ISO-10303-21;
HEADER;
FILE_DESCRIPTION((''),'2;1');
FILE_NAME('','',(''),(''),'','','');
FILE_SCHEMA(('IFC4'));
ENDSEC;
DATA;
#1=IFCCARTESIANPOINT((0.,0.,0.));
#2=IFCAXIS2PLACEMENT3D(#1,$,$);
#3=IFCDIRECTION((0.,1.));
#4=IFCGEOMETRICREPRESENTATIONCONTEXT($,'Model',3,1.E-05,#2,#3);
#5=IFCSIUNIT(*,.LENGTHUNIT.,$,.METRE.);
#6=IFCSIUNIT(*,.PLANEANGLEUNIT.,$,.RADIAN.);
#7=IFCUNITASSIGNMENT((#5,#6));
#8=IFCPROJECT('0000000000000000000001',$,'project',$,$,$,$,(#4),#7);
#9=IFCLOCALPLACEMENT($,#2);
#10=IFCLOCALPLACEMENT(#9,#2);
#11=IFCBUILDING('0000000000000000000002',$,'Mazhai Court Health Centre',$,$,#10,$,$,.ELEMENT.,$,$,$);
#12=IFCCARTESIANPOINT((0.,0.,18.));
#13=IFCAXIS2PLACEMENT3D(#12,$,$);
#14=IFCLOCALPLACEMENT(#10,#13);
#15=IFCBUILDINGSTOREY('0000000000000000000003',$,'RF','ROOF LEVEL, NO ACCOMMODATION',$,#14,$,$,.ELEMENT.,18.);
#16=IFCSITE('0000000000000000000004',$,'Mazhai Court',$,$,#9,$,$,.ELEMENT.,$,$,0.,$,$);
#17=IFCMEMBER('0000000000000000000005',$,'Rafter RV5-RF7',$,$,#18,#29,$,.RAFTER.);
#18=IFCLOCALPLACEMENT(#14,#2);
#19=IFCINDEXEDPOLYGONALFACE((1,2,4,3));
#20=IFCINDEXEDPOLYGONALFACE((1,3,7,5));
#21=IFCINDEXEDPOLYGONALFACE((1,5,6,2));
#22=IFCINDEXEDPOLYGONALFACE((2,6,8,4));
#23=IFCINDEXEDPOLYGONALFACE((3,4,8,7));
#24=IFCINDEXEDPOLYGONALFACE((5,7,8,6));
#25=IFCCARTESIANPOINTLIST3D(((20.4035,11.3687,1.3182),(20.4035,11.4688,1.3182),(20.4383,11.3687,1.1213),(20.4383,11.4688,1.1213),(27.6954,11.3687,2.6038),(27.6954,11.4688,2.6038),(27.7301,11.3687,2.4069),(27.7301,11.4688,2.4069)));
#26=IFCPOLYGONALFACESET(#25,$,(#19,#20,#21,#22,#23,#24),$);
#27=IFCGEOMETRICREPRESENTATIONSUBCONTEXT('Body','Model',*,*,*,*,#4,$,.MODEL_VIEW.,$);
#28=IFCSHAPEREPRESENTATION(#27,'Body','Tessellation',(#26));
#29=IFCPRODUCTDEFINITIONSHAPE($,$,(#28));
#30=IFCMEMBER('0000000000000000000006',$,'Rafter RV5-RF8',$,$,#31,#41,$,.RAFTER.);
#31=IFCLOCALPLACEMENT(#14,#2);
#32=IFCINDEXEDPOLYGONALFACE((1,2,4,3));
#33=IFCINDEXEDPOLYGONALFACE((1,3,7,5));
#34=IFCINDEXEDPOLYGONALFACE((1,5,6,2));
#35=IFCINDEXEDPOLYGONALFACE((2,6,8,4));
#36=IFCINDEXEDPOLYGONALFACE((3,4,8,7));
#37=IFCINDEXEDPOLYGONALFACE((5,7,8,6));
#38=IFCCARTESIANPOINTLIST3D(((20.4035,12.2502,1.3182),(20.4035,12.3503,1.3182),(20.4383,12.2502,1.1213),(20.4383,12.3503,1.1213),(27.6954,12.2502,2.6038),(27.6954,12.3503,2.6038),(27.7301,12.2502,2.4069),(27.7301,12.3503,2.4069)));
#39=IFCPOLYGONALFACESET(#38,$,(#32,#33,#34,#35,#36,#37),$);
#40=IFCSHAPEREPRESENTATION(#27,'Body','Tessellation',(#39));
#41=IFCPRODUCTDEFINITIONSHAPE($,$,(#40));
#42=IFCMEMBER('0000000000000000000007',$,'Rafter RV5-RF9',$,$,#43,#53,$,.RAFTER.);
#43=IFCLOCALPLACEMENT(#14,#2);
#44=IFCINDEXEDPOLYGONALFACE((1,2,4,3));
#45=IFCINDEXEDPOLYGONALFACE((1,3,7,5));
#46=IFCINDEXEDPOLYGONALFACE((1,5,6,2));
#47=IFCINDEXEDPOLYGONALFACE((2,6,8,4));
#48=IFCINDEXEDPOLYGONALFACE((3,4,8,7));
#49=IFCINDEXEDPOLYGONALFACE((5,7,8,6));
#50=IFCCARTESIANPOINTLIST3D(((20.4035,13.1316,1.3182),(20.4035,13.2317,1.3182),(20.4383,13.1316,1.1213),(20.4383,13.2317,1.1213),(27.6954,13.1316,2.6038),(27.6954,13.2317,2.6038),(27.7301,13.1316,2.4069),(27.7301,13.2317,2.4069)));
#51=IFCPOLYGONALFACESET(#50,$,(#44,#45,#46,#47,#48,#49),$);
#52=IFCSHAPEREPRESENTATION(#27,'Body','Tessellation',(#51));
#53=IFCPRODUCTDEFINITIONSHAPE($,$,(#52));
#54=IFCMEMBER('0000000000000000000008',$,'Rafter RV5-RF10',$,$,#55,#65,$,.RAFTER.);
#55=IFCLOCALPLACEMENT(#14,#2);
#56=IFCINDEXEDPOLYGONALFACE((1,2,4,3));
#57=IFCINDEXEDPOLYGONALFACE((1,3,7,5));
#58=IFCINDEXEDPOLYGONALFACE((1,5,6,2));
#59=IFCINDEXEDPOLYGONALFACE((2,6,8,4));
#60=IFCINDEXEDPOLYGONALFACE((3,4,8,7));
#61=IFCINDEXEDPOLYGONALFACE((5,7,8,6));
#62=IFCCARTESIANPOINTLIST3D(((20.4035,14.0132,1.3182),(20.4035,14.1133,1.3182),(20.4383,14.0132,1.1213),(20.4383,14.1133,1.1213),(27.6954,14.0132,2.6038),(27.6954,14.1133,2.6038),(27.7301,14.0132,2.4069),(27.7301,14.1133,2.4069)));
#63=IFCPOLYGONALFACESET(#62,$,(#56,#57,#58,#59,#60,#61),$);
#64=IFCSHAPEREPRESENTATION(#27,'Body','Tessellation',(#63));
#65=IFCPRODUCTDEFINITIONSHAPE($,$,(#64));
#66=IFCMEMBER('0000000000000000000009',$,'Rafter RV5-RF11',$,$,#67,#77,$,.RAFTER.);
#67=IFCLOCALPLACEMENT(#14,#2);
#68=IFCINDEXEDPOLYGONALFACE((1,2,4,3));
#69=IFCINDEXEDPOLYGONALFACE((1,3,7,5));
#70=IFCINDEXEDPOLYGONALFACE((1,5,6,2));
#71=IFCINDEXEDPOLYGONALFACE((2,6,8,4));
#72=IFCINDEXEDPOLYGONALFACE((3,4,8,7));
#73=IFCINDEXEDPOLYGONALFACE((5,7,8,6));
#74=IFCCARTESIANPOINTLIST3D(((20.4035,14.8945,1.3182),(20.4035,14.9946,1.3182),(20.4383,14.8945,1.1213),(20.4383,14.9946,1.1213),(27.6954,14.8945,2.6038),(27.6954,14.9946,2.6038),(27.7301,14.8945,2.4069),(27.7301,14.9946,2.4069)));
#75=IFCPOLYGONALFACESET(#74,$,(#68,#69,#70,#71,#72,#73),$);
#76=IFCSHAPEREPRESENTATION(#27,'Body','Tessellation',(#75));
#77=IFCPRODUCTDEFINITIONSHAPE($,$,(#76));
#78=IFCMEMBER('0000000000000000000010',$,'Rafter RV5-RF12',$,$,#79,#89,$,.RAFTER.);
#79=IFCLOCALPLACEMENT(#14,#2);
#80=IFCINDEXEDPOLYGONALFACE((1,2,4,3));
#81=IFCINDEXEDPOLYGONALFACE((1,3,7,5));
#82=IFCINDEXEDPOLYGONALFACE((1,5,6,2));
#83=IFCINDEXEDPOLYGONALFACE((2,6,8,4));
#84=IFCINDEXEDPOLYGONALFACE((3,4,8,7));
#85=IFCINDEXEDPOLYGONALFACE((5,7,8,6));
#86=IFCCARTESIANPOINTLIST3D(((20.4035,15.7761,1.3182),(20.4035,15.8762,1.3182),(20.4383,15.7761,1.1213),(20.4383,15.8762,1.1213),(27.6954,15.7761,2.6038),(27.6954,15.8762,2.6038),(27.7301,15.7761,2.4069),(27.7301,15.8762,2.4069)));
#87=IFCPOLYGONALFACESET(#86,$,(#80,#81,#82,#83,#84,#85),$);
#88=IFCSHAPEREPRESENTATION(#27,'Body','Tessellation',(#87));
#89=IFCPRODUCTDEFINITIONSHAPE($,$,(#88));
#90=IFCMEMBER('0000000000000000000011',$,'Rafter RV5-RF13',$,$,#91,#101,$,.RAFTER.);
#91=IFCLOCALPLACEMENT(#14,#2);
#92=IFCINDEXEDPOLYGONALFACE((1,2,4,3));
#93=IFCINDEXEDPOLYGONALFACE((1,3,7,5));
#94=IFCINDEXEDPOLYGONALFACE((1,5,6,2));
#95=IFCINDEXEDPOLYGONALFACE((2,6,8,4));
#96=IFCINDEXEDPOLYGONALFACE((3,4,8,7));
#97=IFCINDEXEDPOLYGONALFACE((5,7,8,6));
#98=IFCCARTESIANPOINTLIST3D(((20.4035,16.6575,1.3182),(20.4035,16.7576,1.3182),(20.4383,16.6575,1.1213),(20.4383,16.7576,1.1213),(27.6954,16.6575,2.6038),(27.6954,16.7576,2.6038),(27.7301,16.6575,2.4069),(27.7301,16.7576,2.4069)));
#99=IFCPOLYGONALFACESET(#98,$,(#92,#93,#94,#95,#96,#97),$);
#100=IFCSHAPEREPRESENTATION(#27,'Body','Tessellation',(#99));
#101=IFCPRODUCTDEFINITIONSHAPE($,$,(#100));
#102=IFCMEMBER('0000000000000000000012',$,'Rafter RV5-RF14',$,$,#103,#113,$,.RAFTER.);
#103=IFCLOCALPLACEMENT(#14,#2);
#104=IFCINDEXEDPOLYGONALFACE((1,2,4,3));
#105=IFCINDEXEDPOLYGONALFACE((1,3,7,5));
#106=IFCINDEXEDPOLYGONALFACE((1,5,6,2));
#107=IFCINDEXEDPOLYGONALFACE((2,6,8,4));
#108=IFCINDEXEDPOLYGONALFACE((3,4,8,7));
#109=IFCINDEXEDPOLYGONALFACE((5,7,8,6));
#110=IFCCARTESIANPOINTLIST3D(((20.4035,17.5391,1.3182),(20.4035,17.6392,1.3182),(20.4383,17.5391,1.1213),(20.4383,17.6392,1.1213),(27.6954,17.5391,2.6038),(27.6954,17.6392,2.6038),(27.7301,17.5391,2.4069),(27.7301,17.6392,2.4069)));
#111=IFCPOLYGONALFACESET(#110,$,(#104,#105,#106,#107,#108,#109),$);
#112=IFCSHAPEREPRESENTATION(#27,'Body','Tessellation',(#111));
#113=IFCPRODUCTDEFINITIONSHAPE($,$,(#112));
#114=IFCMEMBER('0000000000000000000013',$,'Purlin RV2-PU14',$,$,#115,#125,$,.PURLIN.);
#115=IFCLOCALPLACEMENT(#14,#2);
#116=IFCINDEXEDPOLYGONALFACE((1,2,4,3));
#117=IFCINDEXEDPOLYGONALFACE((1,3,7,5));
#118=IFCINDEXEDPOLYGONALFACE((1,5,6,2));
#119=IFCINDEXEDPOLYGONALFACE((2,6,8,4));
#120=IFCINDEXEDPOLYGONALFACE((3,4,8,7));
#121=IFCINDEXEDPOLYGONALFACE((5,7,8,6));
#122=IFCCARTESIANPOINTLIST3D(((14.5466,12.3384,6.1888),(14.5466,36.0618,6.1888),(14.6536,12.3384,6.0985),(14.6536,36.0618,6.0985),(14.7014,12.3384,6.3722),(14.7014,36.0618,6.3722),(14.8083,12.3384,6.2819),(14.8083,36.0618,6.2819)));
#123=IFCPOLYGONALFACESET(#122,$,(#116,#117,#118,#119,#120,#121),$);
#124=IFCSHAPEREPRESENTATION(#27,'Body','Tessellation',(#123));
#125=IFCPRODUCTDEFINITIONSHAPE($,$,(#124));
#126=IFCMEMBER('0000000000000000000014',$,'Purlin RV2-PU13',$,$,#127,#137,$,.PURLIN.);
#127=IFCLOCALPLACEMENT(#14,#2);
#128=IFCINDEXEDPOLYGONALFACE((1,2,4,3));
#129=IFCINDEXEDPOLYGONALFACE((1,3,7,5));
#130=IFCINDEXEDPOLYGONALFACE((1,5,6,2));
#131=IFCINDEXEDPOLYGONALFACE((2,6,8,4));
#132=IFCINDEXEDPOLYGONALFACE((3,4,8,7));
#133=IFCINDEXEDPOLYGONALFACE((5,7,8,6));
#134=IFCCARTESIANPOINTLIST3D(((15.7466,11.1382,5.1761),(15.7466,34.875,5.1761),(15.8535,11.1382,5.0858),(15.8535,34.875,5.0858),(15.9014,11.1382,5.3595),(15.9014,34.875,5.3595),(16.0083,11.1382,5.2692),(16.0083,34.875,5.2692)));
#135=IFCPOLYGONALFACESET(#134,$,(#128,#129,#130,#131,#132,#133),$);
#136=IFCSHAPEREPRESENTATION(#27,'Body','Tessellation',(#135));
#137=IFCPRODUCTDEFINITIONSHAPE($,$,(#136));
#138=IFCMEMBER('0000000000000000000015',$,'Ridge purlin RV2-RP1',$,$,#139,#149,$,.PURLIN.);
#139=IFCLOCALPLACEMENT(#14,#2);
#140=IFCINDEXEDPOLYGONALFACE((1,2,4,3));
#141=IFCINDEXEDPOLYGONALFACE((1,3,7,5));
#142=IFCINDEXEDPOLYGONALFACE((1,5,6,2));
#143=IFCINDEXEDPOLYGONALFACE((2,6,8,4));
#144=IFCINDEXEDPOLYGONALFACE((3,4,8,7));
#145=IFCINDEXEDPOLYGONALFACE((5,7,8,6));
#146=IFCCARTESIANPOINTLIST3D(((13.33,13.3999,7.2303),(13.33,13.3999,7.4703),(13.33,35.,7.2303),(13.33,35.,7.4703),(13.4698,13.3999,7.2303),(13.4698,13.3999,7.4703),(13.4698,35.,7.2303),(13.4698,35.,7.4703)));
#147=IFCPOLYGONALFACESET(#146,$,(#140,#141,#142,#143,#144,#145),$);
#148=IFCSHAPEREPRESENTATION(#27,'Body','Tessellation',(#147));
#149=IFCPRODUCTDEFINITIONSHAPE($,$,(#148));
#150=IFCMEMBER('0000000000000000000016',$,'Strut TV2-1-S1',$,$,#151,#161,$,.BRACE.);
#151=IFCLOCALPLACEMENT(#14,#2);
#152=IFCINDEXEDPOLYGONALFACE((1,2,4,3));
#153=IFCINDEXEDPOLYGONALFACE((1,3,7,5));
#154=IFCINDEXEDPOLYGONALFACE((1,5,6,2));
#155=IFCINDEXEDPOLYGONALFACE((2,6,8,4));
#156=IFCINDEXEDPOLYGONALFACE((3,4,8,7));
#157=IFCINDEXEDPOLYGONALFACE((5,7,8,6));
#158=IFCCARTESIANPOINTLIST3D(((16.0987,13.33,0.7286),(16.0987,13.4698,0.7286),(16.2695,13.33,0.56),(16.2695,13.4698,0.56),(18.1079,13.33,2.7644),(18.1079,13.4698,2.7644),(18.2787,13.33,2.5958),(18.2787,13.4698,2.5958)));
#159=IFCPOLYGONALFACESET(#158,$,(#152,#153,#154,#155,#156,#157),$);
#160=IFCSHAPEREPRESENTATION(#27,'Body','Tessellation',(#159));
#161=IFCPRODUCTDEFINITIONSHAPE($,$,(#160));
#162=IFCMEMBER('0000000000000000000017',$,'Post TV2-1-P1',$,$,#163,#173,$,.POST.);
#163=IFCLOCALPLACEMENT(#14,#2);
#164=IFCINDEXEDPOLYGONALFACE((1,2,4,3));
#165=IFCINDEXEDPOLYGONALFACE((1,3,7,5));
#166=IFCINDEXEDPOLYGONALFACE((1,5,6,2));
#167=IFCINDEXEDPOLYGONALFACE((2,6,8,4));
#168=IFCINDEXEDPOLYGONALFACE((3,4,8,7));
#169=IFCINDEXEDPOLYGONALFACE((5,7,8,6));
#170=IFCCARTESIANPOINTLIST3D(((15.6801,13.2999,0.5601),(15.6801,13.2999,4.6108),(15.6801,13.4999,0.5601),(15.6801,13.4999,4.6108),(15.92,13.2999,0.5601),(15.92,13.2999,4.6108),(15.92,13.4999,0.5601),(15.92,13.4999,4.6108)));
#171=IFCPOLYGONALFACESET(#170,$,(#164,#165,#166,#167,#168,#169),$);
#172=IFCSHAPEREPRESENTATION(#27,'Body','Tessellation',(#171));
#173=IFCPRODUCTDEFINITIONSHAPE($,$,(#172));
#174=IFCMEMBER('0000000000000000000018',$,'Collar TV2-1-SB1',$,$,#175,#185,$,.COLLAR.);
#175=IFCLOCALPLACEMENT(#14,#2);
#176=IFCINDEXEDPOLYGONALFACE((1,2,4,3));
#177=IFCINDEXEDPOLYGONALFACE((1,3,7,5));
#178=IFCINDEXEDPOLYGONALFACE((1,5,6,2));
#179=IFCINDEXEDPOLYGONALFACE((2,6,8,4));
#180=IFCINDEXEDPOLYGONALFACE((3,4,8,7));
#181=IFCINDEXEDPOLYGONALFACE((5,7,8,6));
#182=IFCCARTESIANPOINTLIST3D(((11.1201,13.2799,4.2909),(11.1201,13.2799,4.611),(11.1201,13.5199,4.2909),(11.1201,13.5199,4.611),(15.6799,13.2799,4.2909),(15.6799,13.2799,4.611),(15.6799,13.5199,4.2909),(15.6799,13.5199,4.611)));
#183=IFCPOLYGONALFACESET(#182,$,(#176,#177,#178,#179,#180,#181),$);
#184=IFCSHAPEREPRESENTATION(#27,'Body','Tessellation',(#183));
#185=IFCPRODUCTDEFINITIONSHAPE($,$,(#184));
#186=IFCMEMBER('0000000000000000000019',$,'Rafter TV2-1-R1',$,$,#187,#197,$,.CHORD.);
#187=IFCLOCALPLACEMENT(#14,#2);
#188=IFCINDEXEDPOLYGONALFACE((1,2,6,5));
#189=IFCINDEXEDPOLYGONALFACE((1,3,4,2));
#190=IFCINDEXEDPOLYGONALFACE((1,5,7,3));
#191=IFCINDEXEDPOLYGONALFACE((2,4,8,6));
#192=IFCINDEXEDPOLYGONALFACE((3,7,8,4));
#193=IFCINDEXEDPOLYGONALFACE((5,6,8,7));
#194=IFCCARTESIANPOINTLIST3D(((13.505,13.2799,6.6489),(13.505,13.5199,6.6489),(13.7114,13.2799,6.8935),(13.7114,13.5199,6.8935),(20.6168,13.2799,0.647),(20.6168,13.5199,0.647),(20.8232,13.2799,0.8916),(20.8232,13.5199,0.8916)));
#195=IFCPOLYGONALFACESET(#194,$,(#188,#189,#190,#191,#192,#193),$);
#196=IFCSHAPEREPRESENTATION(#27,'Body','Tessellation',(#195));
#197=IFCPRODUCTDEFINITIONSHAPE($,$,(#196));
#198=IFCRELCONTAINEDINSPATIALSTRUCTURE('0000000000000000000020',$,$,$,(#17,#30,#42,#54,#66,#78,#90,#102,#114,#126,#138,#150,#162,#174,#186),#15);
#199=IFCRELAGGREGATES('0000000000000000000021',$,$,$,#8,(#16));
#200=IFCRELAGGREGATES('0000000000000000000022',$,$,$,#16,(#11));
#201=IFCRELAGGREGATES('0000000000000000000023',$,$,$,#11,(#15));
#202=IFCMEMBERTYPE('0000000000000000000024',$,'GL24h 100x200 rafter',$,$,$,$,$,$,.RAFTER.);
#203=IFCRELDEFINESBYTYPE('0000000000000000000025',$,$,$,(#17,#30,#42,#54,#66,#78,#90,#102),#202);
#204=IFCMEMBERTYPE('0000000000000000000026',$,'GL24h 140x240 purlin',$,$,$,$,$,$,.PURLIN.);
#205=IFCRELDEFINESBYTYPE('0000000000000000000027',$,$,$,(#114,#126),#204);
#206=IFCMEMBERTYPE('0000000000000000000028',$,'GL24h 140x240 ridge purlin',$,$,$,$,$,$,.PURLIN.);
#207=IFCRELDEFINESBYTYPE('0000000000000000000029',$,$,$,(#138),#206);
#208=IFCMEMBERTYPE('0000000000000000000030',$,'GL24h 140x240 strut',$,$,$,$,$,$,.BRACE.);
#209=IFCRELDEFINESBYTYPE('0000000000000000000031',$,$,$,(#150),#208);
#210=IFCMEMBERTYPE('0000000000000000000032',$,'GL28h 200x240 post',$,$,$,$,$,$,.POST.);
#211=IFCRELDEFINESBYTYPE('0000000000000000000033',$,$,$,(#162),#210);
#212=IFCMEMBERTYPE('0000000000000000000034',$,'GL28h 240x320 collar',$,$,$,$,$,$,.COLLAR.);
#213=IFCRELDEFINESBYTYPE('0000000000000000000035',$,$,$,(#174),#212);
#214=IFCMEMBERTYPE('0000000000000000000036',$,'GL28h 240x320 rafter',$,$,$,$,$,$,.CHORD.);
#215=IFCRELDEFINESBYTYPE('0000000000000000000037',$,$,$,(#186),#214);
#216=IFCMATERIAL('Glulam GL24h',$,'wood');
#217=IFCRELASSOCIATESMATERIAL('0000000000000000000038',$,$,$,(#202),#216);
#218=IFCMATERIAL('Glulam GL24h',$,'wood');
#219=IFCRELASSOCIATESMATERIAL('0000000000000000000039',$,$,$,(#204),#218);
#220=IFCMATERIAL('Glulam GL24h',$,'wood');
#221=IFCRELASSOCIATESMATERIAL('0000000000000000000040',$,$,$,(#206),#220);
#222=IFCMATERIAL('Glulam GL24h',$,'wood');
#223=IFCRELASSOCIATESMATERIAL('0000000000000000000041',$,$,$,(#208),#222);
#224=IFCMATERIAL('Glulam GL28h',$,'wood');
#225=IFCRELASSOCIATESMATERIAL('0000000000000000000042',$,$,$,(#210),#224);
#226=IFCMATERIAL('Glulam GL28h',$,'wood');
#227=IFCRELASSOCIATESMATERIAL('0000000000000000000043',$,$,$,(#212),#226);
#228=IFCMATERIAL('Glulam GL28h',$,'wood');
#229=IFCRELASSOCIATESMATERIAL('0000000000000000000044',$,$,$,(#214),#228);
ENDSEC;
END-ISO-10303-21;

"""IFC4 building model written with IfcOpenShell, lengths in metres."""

from ifc_helpers import new_model, si_unit, direction, frame, origin, origin_2d, place, context, subcontext, project, spatial, rectangle, extrude, material, material_profile, profile_set, type_object, element, save


model = new_model("IFC4")

# Units and contexts
model_context = context("Model", 3, precision=1e-05, world=origin(), true_north=direction((0.0, 1.0)))
body_context = subcontext(model_context, "Body", "Model", "MODEL_VIEW")
ifc_project = project(units=[si_unit("LENGTHUNIT", "METRE"), si_unit("PLANEANGLEUNIT", "RADIAN")], contexts=[model_context])

# Site, building, storey
site_placement = place(None, origin())
site = spatial("IfcSite", under=ifc_project, at=site_placement, Name="Mazhai Court", CompositionType="ELEMENT", RefElevation=0.0)
building_placement = place(site_placement, origin())
building = spatial("IfcBuilding", under=site, at=building_placement, Name="Mazhai Court Health Centre", CompositionType="ELEMENT")
storey_placement = place(building_placement, frame((0.0, 0.0, 18.0)))
storey = spatial("IfcBuildingStorey", under=building, at=storey_placement, Name="RF", Description="ROOF LEVEL, NO ACCOMMODATION", CompositionType="ELEMENT", Elevation=18.0)

# Members
ifc_material_1 = material(Name="Glulam GL24h", Category="wood")
ifc_material_profile_1 = material_profile(ifc_material_1, rectangle(XDim=0.1001, YDim=0.2, at=origin_2d()), Name="GL24h 100x200")
ifc_profile_set_1 = profile_set([ifc_material_profile_1], Name="Glulam GL24h")
member_type_1 = type_object("IfcMemberType", Name="GL24h 100x200 rafter", PredefinedType="RAFTER", material=ifc_profile_set_1)
for number, where, z_axis, x_axis, name in (
    (1, (20.4209, 11.4187, 1.2197), (0.98481, 0.0, 0.173637), (0.0, 1.0, 0.0), "Rafter RV5-RF7"),
    (2, (20.4209, 12.3003, 1.2197), (0.98481, 0.0, 0.173637), (0.0, 1.0, 0.0), "Rafter RV5-RF8"),
    (3, (20.4209, 13.1816, 1.2197), (0.98481, 0.0, 0.173637), (0.0, 1.0, 0.0), "Rafter RV5-RF9"),
    (4, (20.4209, 14.0632, 1.2197), (0.98481, 0.0, 0.173637), (0.0, 1.0, 0.0), "Rafter RV5-RF10"),
    (5, (20.4209, 14.9446, 1.2197), (0.98481, 0.0, 0.173637), (0.0, 1.0, 0.0), "Rafter RV5-RF11"),
    (6, (20.4209, 15.8262, 1.2197), (0.98481, 0.0, 0.173637), (0.0, 1.0, 0.0), "Rafter RV5-RF12"),
    (7, (20.4209, 16.7075, 1.2197), (0.98481, 0.0, 0.173637), (0.0, 1.0, 0.0), "Rafter RV5-RF13"),
    (8, (20.4209, 17.5891, 1.2197), (0.98481, 0.0, 0.173637), (0.0, 1.0, 0.0), "Rafter RV5-RF14"),
):
    element("IfcMember", number, at=place(storey_placement, frame(where, z_axis=z_axis, x_axis=x_axis)), inside=storey, type_object=member_type_1, Name=name, PredefinedType="RAFTER", context=body_context, shape_type="SweptSolid", body=[
        extrude(rectangle(XDim=0.1001, YDim=0.2, at=origin_2d()), origin(), (0.0, 0.0, 1.0), 7.4043),
    ])
ifc_material_2 = material(Name="Glulam GL24h", Category="wood")
ifc_material_profile_2 = material_profile(ifc_material_2, rectangle(XDim=0.1399, YDim=0.24, at=origin_2d()), Name="GL24h 140x240")
ifc_profile_set_2 = profile_set([ifc_material_profile_2], Name="Glulam GL24h")
member_type_2 = type_object("IfcMemberType", Name="GL24h 140x240 purlin", PredefinedType="PURLIN", material=ifc_profile_set_2)
member_1_placement = place(storey_placement, frame((14.6775, 12.3384, 6.2354), z_axis=(0.0, 1.0, 0.0), x_axis=(-0.76422, 0.0, 0.644955)))
element("IfcMember", 9, at=member_1_placement, inside=storey, type_object=member_type_2, Name="Purlin RV2-PU14", PredefinedType="PURLIN", context=body_context, shape_type="SweptSolid", body=[
    extrude(rectangle(XDim=0.1399, YDim=0.24, at=origin_2d()), origin(), (0.0, 0.0, 1.0), 23.7234),
])
member_2_placement = place(storey_placement, frame((15.8774, 11.1382, 5.2227), z_axis=(0.0, 1.0, 0.0), x_axis=(-0.76422, 0.0, 0.644955)))
element("IfcMember", 10, at=member_2_placement, inside=storey, type_object=member_type_2, Name="Purlin RV2-PU13", PredefinedType="PURLIN", context=body_context, shape_type="SweptSolid", body=[
    extrude(rectangle(XDim=0.1399, YDim=0.24, at=origin_2d()), origin(), (0.0, 0.0, 1.0), 23.7368),
])
ifc_material_3 = material(Name="Glulam GL24h", Category="wood")
ifc_material_profile_3 = material_profile(ifc_material_3, rectangle(XDim=0.1399, YDim=0.24, at=origin_2d()), Name="GL24h 140x240")
ifc_profile_set_3 = profile_set([ifc_material_profile_3], Name="Glulam GL24h")
member_type_3 = type_object("IfcMemberType", Name="GL24h 140x240 ridge purlin", PredefinedType="PURLIN", material=ifc_profile_set_3)
member_3_placement = place(storey_placement, frame((13.3999, 13.3999, 7.3503), z_axis=(0.0, 1.0, 0.0), x_axis=(-1.0, 0.0, 0.0)))
element("IfcMember", 11, at=member_3_placement, inside=storey, type_object=member_type_3, Name="Ridge purlin RV2-RP1", PredefinedType="PURLIN", context=body_context, shape_type="SweptSolid", body=[
    extrude(rectangle(XDim=0.1399, YDim=0.24, at=origin_2d()), origin(), (0.0, 0.0, 1.0), 21.6001),
])
ifc_material_4 = material(Name="Glulam GL24h", Category="wood")
ifc_material_profile_4 = material_profile(ifc_material_4, rectangle(XDim=0.1399, YDim=0.24, at=origin_2d()), Name="GL24h 140x240")
ifc_profile_set_4 = profile_set([ifc_material_profile_4], Name="Glulam GL24h")
member_type_4 = type_object("IfcMemberType", Name="GL24h 140x240 strut", PredefinedType="BRACE", material=ifc_profile_set_4)
member_4_placement = place(storey_placement, frame((16.1841, 13.3999, 0.6443), z_axis=(0.70244, 0.0, 0.711743), x_axis=(0.0, 1.0, 0.0)))
element("IfcMember", 12, at=member_4_placement, inside=storey, type_object=member_type_4, Name="Strut TV2-1-S1", PredefinedType="BRACE", context=body_context, shape_type="SweptSolid", body=[
    extrude(rectangle(XDim=0.1399, YDim=0.24, at=origin_2d()), origin(), (0.0, 0.0, 1.0), 2.8604),
])
ifc_material_5 = material(Name="Glulam GL28h", Category="wood")
ifc_material_profile_5 = material_profile(ifc_material_5, rectangle(XDim=0.2, YDim=0.24, at=origin_2d()), Name="GL28h 200x240")
ifc_profile_set_5 = profile_set([ifc_material_profile_5], Name="Glulam GL28h")
member_type_5 = type_object("IfcMemberType", Name="GL28h 200x240 post", PredefinedType="POST", material=ifc_profile_set_5)
member_5_placement = place(storey_placement, frame((15.8, 13.3999, 0.5601), z_axis=(0.0, 0.0, 1.0), x_axis=(0.0, 1.0, 0.0)))
element("IfcMember", 13, at=member_5_placement, inside=storey, type_object=member_type_5, Name="Post TV2-1-P1", PredefinedType="POST", context=body_context, shape_type="SweptSolid", body=[
    extrude(rectangle(XDim=0.2, YDim=0.24, at=origin_2d()), origin(), (0.0, 0.0, 1.0), 4.0508),
])
ifc_material_6 = material(Name="Glulam GL28h", Category="wood")
ifc_material_profile_6 = material_profile(ifc_material_6, rectangle(XDim=0.24, YDim=0.3201, at=origin_2d()), Name="GL28h 240x320")
ifc_profile_set_6 = profile_set([ifc_material_profile_6], Name="Glulam GL28h")
member_type_6 = type_object("IfcMemberType", Name="GL28h 240x320 collar", PredefinedType="COLLAR", material=ifc_profile_set_6)
member_6_placement = place(storey_placement, frame((15.6799, 13.3999, 4.4509), z_axis=(-1.0, 0.0, 0.0), x_axis=(0.0, -1.0, 0.0)))
element("IfcMember", 14, at=member_6_placement, inside=storey, type_object=member_type_6, Name="Collar TV2-1-SB1", PredefinedType="COLLAR", context=body_context, shape_type="SweptSolid", body=[
    extrude(rectangle(XDim=0.24, YDim=0.3201, at=origin_2d()), origin(), (0.0, 0.0, 1.0), 4.5598),
])
ifc_material_7 = material(Name="Glulam GL28h", Category="wood")
ifc_material_profile_7 = material_profile(ifc_material_7, rectangle(XDim=0.24, YDim=0.3201, at=origin_2d()), Name="GL28h 240x320")
ifc_profile_set_7 = profile_set([ifc_material_profile_7], Name="Glulam GL28h")
member_type_7 = type_object("IfcMemberType", Name="GL28h 240x320 rafter", PredefinedType="CHORD", material=ifc_profile_set_7)
member_7_placement = place(storey_placement, frame((20.72, 13.3999, 0.7693), z_axis=(-0.76422, 0.0, 0.644956), x_axis=(0.0, -1.0, 0.0)))
element("IfcMember", 15, at=member_7_placement, inside=storey, type_object=member_type_7, Name="Rafter TV2-1-R1", PredefinedType="CHORD", context=body_context, shape_type="SweptSolid", body=[
    extrude(rectangle(XDim=0.24, YDim=0.3201, at=origin_2d()), origin(), (0.0, 0.0, 1.0), 9.3059),
])

save(model, "model.ifc")
